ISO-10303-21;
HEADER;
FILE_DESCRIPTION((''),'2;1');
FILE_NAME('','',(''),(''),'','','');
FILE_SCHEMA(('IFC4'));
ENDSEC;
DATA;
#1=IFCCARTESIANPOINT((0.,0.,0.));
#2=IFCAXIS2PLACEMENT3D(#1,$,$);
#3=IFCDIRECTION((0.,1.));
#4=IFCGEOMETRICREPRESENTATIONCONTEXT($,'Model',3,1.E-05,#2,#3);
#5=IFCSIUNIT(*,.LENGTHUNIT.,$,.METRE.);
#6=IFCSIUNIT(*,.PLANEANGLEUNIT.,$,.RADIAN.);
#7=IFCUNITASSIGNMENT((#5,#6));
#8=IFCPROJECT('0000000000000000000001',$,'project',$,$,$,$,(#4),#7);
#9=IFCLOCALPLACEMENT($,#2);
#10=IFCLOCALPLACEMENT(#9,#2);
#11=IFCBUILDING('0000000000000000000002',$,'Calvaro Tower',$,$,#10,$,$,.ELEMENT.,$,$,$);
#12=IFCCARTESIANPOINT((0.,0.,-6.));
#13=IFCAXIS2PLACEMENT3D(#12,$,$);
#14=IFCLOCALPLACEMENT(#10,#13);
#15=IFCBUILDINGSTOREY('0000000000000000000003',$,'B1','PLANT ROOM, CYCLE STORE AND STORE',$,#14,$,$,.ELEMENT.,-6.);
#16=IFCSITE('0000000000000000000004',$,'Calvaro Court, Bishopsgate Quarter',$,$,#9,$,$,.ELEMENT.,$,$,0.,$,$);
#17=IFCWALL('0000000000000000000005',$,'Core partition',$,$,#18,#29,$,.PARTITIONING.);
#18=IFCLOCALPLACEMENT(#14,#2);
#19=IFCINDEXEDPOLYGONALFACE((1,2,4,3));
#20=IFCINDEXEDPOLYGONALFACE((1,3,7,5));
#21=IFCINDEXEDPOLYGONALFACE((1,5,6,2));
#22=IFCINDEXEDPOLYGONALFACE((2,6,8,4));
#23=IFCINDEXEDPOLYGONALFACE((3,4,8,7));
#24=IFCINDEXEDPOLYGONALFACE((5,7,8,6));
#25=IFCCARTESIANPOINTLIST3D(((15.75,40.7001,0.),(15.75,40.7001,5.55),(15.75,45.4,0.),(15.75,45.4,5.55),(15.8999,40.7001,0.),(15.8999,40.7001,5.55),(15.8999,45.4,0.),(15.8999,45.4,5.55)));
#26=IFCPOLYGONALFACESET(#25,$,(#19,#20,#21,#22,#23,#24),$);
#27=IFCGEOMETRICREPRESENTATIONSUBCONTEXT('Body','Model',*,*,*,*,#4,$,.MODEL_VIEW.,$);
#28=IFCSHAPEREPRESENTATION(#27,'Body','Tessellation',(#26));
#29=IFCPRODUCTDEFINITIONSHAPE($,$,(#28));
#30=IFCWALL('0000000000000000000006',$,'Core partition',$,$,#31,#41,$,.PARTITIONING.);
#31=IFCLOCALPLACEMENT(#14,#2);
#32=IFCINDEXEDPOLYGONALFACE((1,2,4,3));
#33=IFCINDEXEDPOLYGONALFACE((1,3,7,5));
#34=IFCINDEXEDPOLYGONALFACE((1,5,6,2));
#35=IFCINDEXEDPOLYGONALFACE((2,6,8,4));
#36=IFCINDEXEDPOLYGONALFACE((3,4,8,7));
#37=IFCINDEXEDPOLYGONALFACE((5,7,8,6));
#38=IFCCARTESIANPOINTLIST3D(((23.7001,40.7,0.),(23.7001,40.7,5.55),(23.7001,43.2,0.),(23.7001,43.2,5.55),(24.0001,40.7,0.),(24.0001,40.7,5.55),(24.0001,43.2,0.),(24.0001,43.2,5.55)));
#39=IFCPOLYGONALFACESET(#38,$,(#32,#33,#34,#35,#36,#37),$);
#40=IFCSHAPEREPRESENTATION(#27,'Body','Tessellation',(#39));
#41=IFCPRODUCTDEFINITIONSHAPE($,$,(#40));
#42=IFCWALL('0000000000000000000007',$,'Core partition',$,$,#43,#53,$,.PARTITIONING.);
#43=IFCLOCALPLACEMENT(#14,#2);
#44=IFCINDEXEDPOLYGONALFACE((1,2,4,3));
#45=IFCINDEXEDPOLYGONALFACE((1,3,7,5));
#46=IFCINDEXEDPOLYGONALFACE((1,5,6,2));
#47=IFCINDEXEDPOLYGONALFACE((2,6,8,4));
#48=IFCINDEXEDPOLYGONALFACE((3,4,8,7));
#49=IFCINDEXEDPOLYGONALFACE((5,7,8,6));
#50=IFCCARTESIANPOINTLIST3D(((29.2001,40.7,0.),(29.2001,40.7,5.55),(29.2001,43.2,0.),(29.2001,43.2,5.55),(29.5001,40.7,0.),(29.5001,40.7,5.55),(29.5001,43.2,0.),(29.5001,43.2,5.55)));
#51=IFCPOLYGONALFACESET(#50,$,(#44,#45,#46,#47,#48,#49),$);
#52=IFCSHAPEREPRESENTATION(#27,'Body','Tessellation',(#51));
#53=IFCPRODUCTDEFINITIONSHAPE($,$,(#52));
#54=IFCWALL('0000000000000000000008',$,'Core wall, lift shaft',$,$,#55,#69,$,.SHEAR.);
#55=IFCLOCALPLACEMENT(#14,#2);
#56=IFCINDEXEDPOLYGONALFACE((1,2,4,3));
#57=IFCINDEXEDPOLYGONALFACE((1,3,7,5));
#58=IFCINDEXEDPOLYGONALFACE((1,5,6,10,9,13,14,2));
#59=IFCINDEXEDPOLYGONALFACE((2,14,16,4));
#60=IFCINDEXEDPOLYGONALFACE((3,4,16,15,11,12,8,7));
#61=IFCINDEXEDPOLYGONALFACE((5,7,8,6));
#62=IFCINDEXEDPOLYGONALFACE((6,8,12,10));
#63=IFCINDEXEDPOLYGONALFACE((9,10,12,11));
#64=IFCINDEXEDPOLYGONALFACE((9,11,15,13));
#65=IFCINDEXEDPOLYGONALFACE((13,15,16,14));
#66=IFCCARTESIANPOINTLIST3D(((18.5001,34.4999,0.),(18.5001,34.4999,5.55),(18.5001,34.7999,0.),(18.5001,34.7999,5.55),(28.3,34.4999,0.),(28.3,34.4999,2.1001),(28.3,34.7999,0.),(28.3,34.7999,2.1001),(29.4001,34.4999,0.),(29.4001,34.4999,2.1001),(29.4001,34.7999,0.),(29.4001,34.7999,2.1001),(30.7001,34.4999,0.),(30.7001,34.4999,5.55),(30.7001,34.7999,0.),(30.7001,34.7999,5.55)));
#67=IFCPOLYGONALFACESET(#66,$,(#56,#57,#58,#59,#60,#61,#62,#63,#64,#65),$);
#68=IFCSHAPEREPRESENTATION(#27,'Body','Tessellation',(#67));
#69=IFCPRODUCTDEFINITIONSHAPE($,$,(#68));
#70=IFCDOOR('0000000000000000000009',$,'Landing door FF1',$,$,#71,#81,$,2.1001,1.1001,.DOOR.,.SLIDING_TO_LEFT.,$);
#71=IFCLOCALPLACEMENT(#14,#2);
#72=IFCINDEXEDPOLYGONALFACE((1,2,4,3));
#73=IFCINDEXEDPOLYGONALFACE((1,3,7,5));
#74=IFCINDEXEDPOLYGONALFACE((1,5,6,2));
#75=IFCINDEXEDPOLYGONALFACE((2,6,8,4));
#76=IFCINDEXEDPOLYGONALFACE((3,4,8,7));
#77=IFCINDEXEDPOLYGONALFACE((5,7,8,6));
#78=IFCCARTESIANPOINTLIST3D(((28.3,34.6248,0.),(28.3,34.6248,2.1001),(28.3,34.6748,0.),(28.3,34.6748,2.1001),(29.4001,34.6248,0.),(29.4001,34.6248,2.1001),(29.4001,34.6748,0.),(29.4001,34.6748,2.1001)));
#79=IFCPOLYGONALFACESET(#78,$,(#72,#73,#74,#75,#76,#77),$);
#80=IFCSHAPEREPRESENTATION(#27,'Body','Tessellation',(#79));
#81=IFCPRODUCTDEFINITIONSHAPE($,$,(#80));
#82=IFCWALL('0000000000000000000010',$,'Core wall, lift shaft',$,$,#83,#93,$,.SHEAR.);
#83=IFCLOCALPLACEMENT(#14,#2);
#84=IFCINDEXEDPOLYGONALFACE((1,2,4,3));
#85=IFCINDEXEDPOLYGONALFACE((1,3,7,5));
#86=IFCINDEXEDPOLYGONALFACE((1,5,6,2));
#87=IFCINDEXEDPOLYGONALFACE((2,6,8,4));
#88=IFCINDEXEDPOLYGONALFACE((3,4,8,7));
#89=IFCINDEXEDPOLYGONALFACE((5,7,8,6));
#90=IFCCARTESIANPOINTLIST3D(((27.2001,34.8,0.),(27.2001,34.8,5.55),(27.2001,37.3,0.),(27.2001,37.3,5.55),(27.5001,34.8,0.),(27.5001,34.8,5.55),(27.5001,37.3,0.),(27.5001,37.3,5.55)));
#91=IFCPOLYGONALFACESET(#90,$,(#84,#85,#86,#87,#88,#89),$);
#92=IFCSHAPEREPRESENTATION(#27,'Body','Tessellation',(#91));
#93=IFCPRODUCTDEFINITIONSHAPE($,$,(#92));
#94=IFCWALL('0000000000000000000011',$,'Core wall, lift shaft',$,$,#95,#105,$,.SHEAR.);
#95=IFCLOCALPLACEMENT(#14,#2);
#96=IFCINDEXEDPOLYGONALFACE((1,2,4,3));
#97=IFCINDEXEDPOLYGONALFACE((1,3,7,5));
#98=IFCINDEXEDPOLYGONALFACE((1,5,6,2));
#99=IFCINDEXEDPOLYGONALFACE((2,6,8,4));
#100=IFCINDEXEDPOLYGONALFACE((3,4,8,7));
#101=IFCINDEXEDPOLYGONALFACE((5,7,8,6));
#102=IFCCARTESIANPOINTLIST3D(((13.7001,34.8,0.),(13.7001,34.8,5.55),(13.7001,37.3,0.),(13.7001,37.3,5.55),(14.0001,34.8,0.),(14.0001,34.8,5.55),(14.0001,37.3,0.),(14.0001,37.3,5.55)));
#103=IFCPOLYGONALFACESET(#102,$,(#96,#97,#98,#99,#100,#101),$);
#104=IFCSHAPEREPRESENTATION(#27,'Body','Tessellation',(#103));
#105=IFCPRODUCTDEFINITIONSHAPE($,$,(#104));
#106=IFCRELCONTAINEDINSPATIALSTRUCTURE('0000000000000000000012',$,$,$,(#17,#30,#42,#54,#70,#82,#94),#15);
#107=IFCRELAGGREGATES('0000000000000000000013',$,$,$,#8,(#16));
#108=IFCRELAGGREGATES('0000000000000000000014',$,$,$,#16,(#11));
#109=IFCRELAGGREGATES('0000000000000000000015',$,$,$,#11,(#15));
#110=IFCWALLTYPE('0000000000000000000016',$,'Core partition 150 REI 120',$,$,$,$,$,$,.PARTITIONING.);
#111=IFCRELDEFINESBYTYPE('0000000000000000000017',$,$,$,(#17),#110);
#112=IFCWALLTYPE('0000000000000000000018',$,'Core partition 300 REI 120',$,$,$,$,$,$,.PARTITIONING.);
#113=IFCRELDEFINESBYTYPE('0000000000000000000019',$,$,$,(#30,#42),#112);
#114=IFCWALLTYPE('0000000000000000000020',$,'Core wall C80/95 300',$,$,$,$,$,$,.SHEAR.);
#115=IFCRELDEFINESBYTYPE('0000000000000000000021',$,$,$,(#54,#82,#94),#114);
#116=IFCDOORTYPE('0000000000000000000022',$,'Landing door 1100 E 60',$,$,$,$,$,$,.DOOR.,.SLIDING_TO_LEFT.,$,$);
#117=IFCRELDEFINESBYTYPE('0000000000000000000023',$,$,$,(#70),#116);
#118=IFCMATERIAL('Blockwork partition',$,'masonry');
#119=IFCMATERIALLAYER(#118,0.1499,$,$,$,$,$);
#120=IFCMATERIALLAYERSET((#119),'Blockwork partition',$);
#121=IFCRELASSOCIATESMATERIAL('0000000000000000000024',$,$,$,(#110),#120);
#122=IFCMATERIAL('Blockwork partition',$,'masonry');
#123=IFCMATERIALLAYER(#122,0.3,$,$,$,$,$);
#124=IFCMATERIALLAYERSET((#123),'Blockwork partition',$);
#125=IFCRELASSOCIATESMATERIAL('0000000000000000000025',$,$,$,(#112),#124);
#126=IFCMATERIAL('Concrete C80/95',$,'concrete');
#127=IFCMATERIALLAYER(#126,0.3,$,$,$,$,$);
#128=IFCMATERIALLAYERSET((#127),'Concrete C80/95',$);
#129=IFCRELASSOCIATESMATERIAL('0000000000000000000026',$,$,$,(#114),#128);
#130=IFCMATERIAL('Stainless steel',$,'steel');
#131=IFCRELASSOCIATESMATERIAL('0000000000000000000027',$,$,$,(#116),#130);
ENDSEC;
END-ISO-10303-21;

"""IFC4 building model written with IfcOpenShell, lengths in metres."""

from ifc_helpers import new_model, si_unit, direction, frame, frame_2d, origin, place, context, subcontext, project, spatial, rectangle, extrude, material, layer, layer_set, type_object, element, fill, save


model = new_model("IFC4")

# Units and contexts
model_context = context("Model", 3, precision=1e-05, world=origin(), true_north=direction((0.0, 1.0)))
body_context = subcontext(model_context, "Body", "Model", "MODEL_VIEW")
ifc_project = project(units=[si_unit("LENGTHUNIT", "METRE"), si_unit("PLANEANGLEUNIT", "RADIAN")], contexts=[model_context])

# Site, building, storey
site_placement = place(None, origin())
site = spatial("IfcSite", under=ifc_project, at=site_placement, Name="Calvaro Court, Bishopsgate Quarter", CompositionType="ELEMENT", RefElevation=0.0)
building_placement = place(site_placement, origin())
building = spatial("IfcBuilding", under=site, at=building_placement, Name="Calvaro Tower", CompositionType="ELEMENT")
storey_placement = place(building_placement, frame((0.0, 0.0, -6.0)))
storey = spatial("IfcBuildingStorey", under=building, at=storey_placement, Name="B1", Description="PLANT ROOM, CYCLE STORE AND STORE", CompositionType="ELEMENT", Elevation=-6.0)

# Walls
ifc_material_1 = material(Name="Blockwork partition", Category="masonry")
ifc_layer_1 = layer(ifc_material_1, 0.1499)
ifc_layer_set_1 = layer_set([ifc_layer_1], Name="Blockwork partition")
wall_type_1 = type_object("IfcWallType", Name="Core partition 150 REI 120", PredefinedType="PARTITIONING", material=ifc_layer_set_1)
wall_1_placement = place(storey_placement, frame((15.825, 40.7, 0.0), z_axis=(0.0, 0.0, 1.0), x_axis=(0.0, 1.0, 0.0)))
element("IfcWall", 1, at=wall_1_placement, inside=storey, type_object=wall_type_1, Name="Core partition", PredefinedType="PARTITIONING", context=body_context, shape_type="SweptSolid", body=[
    extrude(rectangle(XDim=4.7, YDim=0.1499, at=frame_2d((2.3501, 0.0))), origin(), (0.0, 0.0, 1.0), 5.55),
])
ifc_material_2 = material(Name="Blockwork partition", Category="masonry")
ifc_layer_2 = layer(ifc_material_2, 0.3)
ifc_layer_set_2 = layer_set([ifc_layer_2], Name="Blockwork partition")
wall_type_2 = type_object("IfcWallType", Name="Core partition 300 REI 120", PredefinedType="PARTITIONING", material=ifc_layer_set_2)
for number, where, z_axis, x_axis, name in (
    (2, (23.8501, 40.7, 0.0), (0.0, 0.0, 1.0), (0.0, 1.0, 0.0), "Core partition"),
    (3, (29.3501, 40.7, 0.0), (0.0, 0.0, 1.0), (0.0, 1.0, 0.0), "Core partition"),
):
    element("IfcWall", number, at=place(storey_placement, frame(where, z_axis=z_axis, x_axis=x_axis)), inside=storey, type_object=wall_type_2, Name=name, PredefinedType="PARTITIONING", context=body_context, shape_type="SweptSolid", body=[
        extrude(rectangle(XDim=2.5, YDim=0.3, at=frame_2d((1.25, 0.0))), origin(), (0.0, 0.0, 1.0), 5.55),
    ])

# Wall, opening, door
ifc_material_3 = material(Name="Concrete C80/95", Category="concrete")
ifc_layer_3 = layer(ifc_material_3, 0.3)
ifc_layer_set_3 = layer_set([ifc_layer_3], Name="Concrete C80/95")
wall_type_3 = type_object("IfcWallType", Name="Core wall C80/95 300", PredefinedType="SHEAR", material=ifc_layer_set_3)
wall_2_placement = place(storey_placement, frame((18.5, 34.6499, 0.0), z_axis=(0.0, 0.0, 1.0), x_axis=(1.0, 0.0, 0.0)))
wall_2 = element("IfcWall", 4, at=wall_2_placement, inside=storey, type_object=wall_type_3, Name="Core wall, lift shaft", PredefinedType="SHEAR", context=body_context, shape_type="SweptSolid", body=[
    extrude(rectangle(XDim=12.2, YDim=0.3, at=frame_2d((6.1001, 0.0))), origin(), (0.0, 0.0, 1.0), 5.55),
])
opening_1_placement = place(wall_2_placement, frame((9.8, 0.0, 0.0)))
opening_1 = element("IfcOpeningElement", 5, at=opening_1_placement, cuts=wall_2, PredefinedType="OPENING", context=body_context, shape_type="SweptSolid", body=[
    extrude(rectangle(XDim=1.1001, YDim=2.1001, at=frame_2d((0.55, 1.05))), frame((0.0, 0.1599, 0.0), z_axis=(0.0, -1.0, 0.0), x_axis=(1.0, 0.0, 0.0)), (0.0, 0.0, 1.0), 0.3201),
])
ifc_material_4 = material(Name="Stainless steel", Category="steel")
door_type_1 = type_object("IfcDoorType", Name="Landing door 1100 E 60", OperationType="SLIDING_TO_LEFT", PredefinedType="DOOR", material=ifc_material_4)
door_1_placement = place(opening_1_placement, origin())
door_1 = element("IfcDoor", 6, at=door_1_placement, inside=storey, type_object=door_type_1, Name="Landing door FF1", OperationType="SLIDING_TO_LEFT", OverallHeight=2.1001, OverallWidth=1.1001, PredefinedType="DOOR", context=body_context, shape_type="SweptSolid", body=[
    extrude(rectangle(XDim=1.1001, YDim=2.1001, at=frame_2d((0.55, 1.05))), frame((0.0, 0.0249, 0.0), z_axis=(0.0, -1.0, 0.0), x_axis=(1.0, 0.0, 0.0)), (0.0, 0.0, 1.0), 0.05),
])
fill(opening_1, door_1)

# Walls
for number, where, z_axis, x_axis, name in (
    (7, (27.3501, 34.8, 0.0), (0.0, 0.0, 1.0), (0.0, 1.0, 0.0), "Core wall, lift shaft"),
    (8, (13.8501, 34.8, 0.0), (0.0, 0.0, 1.0), (0.0, 1.0, 0.0), "Core wall, lift shaft"),
):
    element("IfcWall", number, at=place(storey_placement, frame(where, z_axis=z_axis, x_axis=x_axis)), inside=storey, type_object=wall_type_3, Name=name, PredefinedType="SHEAR", context=body_context, shape_type="SweptSolid", body=[
        extrude(rectangle(XDim=2.5, YDim=0.3, at=frame_2d((1.25, 0.0))), origin(), (0.0, 0.0, 1.0), 5.55),
    ])

save(model, "model.ifc")
